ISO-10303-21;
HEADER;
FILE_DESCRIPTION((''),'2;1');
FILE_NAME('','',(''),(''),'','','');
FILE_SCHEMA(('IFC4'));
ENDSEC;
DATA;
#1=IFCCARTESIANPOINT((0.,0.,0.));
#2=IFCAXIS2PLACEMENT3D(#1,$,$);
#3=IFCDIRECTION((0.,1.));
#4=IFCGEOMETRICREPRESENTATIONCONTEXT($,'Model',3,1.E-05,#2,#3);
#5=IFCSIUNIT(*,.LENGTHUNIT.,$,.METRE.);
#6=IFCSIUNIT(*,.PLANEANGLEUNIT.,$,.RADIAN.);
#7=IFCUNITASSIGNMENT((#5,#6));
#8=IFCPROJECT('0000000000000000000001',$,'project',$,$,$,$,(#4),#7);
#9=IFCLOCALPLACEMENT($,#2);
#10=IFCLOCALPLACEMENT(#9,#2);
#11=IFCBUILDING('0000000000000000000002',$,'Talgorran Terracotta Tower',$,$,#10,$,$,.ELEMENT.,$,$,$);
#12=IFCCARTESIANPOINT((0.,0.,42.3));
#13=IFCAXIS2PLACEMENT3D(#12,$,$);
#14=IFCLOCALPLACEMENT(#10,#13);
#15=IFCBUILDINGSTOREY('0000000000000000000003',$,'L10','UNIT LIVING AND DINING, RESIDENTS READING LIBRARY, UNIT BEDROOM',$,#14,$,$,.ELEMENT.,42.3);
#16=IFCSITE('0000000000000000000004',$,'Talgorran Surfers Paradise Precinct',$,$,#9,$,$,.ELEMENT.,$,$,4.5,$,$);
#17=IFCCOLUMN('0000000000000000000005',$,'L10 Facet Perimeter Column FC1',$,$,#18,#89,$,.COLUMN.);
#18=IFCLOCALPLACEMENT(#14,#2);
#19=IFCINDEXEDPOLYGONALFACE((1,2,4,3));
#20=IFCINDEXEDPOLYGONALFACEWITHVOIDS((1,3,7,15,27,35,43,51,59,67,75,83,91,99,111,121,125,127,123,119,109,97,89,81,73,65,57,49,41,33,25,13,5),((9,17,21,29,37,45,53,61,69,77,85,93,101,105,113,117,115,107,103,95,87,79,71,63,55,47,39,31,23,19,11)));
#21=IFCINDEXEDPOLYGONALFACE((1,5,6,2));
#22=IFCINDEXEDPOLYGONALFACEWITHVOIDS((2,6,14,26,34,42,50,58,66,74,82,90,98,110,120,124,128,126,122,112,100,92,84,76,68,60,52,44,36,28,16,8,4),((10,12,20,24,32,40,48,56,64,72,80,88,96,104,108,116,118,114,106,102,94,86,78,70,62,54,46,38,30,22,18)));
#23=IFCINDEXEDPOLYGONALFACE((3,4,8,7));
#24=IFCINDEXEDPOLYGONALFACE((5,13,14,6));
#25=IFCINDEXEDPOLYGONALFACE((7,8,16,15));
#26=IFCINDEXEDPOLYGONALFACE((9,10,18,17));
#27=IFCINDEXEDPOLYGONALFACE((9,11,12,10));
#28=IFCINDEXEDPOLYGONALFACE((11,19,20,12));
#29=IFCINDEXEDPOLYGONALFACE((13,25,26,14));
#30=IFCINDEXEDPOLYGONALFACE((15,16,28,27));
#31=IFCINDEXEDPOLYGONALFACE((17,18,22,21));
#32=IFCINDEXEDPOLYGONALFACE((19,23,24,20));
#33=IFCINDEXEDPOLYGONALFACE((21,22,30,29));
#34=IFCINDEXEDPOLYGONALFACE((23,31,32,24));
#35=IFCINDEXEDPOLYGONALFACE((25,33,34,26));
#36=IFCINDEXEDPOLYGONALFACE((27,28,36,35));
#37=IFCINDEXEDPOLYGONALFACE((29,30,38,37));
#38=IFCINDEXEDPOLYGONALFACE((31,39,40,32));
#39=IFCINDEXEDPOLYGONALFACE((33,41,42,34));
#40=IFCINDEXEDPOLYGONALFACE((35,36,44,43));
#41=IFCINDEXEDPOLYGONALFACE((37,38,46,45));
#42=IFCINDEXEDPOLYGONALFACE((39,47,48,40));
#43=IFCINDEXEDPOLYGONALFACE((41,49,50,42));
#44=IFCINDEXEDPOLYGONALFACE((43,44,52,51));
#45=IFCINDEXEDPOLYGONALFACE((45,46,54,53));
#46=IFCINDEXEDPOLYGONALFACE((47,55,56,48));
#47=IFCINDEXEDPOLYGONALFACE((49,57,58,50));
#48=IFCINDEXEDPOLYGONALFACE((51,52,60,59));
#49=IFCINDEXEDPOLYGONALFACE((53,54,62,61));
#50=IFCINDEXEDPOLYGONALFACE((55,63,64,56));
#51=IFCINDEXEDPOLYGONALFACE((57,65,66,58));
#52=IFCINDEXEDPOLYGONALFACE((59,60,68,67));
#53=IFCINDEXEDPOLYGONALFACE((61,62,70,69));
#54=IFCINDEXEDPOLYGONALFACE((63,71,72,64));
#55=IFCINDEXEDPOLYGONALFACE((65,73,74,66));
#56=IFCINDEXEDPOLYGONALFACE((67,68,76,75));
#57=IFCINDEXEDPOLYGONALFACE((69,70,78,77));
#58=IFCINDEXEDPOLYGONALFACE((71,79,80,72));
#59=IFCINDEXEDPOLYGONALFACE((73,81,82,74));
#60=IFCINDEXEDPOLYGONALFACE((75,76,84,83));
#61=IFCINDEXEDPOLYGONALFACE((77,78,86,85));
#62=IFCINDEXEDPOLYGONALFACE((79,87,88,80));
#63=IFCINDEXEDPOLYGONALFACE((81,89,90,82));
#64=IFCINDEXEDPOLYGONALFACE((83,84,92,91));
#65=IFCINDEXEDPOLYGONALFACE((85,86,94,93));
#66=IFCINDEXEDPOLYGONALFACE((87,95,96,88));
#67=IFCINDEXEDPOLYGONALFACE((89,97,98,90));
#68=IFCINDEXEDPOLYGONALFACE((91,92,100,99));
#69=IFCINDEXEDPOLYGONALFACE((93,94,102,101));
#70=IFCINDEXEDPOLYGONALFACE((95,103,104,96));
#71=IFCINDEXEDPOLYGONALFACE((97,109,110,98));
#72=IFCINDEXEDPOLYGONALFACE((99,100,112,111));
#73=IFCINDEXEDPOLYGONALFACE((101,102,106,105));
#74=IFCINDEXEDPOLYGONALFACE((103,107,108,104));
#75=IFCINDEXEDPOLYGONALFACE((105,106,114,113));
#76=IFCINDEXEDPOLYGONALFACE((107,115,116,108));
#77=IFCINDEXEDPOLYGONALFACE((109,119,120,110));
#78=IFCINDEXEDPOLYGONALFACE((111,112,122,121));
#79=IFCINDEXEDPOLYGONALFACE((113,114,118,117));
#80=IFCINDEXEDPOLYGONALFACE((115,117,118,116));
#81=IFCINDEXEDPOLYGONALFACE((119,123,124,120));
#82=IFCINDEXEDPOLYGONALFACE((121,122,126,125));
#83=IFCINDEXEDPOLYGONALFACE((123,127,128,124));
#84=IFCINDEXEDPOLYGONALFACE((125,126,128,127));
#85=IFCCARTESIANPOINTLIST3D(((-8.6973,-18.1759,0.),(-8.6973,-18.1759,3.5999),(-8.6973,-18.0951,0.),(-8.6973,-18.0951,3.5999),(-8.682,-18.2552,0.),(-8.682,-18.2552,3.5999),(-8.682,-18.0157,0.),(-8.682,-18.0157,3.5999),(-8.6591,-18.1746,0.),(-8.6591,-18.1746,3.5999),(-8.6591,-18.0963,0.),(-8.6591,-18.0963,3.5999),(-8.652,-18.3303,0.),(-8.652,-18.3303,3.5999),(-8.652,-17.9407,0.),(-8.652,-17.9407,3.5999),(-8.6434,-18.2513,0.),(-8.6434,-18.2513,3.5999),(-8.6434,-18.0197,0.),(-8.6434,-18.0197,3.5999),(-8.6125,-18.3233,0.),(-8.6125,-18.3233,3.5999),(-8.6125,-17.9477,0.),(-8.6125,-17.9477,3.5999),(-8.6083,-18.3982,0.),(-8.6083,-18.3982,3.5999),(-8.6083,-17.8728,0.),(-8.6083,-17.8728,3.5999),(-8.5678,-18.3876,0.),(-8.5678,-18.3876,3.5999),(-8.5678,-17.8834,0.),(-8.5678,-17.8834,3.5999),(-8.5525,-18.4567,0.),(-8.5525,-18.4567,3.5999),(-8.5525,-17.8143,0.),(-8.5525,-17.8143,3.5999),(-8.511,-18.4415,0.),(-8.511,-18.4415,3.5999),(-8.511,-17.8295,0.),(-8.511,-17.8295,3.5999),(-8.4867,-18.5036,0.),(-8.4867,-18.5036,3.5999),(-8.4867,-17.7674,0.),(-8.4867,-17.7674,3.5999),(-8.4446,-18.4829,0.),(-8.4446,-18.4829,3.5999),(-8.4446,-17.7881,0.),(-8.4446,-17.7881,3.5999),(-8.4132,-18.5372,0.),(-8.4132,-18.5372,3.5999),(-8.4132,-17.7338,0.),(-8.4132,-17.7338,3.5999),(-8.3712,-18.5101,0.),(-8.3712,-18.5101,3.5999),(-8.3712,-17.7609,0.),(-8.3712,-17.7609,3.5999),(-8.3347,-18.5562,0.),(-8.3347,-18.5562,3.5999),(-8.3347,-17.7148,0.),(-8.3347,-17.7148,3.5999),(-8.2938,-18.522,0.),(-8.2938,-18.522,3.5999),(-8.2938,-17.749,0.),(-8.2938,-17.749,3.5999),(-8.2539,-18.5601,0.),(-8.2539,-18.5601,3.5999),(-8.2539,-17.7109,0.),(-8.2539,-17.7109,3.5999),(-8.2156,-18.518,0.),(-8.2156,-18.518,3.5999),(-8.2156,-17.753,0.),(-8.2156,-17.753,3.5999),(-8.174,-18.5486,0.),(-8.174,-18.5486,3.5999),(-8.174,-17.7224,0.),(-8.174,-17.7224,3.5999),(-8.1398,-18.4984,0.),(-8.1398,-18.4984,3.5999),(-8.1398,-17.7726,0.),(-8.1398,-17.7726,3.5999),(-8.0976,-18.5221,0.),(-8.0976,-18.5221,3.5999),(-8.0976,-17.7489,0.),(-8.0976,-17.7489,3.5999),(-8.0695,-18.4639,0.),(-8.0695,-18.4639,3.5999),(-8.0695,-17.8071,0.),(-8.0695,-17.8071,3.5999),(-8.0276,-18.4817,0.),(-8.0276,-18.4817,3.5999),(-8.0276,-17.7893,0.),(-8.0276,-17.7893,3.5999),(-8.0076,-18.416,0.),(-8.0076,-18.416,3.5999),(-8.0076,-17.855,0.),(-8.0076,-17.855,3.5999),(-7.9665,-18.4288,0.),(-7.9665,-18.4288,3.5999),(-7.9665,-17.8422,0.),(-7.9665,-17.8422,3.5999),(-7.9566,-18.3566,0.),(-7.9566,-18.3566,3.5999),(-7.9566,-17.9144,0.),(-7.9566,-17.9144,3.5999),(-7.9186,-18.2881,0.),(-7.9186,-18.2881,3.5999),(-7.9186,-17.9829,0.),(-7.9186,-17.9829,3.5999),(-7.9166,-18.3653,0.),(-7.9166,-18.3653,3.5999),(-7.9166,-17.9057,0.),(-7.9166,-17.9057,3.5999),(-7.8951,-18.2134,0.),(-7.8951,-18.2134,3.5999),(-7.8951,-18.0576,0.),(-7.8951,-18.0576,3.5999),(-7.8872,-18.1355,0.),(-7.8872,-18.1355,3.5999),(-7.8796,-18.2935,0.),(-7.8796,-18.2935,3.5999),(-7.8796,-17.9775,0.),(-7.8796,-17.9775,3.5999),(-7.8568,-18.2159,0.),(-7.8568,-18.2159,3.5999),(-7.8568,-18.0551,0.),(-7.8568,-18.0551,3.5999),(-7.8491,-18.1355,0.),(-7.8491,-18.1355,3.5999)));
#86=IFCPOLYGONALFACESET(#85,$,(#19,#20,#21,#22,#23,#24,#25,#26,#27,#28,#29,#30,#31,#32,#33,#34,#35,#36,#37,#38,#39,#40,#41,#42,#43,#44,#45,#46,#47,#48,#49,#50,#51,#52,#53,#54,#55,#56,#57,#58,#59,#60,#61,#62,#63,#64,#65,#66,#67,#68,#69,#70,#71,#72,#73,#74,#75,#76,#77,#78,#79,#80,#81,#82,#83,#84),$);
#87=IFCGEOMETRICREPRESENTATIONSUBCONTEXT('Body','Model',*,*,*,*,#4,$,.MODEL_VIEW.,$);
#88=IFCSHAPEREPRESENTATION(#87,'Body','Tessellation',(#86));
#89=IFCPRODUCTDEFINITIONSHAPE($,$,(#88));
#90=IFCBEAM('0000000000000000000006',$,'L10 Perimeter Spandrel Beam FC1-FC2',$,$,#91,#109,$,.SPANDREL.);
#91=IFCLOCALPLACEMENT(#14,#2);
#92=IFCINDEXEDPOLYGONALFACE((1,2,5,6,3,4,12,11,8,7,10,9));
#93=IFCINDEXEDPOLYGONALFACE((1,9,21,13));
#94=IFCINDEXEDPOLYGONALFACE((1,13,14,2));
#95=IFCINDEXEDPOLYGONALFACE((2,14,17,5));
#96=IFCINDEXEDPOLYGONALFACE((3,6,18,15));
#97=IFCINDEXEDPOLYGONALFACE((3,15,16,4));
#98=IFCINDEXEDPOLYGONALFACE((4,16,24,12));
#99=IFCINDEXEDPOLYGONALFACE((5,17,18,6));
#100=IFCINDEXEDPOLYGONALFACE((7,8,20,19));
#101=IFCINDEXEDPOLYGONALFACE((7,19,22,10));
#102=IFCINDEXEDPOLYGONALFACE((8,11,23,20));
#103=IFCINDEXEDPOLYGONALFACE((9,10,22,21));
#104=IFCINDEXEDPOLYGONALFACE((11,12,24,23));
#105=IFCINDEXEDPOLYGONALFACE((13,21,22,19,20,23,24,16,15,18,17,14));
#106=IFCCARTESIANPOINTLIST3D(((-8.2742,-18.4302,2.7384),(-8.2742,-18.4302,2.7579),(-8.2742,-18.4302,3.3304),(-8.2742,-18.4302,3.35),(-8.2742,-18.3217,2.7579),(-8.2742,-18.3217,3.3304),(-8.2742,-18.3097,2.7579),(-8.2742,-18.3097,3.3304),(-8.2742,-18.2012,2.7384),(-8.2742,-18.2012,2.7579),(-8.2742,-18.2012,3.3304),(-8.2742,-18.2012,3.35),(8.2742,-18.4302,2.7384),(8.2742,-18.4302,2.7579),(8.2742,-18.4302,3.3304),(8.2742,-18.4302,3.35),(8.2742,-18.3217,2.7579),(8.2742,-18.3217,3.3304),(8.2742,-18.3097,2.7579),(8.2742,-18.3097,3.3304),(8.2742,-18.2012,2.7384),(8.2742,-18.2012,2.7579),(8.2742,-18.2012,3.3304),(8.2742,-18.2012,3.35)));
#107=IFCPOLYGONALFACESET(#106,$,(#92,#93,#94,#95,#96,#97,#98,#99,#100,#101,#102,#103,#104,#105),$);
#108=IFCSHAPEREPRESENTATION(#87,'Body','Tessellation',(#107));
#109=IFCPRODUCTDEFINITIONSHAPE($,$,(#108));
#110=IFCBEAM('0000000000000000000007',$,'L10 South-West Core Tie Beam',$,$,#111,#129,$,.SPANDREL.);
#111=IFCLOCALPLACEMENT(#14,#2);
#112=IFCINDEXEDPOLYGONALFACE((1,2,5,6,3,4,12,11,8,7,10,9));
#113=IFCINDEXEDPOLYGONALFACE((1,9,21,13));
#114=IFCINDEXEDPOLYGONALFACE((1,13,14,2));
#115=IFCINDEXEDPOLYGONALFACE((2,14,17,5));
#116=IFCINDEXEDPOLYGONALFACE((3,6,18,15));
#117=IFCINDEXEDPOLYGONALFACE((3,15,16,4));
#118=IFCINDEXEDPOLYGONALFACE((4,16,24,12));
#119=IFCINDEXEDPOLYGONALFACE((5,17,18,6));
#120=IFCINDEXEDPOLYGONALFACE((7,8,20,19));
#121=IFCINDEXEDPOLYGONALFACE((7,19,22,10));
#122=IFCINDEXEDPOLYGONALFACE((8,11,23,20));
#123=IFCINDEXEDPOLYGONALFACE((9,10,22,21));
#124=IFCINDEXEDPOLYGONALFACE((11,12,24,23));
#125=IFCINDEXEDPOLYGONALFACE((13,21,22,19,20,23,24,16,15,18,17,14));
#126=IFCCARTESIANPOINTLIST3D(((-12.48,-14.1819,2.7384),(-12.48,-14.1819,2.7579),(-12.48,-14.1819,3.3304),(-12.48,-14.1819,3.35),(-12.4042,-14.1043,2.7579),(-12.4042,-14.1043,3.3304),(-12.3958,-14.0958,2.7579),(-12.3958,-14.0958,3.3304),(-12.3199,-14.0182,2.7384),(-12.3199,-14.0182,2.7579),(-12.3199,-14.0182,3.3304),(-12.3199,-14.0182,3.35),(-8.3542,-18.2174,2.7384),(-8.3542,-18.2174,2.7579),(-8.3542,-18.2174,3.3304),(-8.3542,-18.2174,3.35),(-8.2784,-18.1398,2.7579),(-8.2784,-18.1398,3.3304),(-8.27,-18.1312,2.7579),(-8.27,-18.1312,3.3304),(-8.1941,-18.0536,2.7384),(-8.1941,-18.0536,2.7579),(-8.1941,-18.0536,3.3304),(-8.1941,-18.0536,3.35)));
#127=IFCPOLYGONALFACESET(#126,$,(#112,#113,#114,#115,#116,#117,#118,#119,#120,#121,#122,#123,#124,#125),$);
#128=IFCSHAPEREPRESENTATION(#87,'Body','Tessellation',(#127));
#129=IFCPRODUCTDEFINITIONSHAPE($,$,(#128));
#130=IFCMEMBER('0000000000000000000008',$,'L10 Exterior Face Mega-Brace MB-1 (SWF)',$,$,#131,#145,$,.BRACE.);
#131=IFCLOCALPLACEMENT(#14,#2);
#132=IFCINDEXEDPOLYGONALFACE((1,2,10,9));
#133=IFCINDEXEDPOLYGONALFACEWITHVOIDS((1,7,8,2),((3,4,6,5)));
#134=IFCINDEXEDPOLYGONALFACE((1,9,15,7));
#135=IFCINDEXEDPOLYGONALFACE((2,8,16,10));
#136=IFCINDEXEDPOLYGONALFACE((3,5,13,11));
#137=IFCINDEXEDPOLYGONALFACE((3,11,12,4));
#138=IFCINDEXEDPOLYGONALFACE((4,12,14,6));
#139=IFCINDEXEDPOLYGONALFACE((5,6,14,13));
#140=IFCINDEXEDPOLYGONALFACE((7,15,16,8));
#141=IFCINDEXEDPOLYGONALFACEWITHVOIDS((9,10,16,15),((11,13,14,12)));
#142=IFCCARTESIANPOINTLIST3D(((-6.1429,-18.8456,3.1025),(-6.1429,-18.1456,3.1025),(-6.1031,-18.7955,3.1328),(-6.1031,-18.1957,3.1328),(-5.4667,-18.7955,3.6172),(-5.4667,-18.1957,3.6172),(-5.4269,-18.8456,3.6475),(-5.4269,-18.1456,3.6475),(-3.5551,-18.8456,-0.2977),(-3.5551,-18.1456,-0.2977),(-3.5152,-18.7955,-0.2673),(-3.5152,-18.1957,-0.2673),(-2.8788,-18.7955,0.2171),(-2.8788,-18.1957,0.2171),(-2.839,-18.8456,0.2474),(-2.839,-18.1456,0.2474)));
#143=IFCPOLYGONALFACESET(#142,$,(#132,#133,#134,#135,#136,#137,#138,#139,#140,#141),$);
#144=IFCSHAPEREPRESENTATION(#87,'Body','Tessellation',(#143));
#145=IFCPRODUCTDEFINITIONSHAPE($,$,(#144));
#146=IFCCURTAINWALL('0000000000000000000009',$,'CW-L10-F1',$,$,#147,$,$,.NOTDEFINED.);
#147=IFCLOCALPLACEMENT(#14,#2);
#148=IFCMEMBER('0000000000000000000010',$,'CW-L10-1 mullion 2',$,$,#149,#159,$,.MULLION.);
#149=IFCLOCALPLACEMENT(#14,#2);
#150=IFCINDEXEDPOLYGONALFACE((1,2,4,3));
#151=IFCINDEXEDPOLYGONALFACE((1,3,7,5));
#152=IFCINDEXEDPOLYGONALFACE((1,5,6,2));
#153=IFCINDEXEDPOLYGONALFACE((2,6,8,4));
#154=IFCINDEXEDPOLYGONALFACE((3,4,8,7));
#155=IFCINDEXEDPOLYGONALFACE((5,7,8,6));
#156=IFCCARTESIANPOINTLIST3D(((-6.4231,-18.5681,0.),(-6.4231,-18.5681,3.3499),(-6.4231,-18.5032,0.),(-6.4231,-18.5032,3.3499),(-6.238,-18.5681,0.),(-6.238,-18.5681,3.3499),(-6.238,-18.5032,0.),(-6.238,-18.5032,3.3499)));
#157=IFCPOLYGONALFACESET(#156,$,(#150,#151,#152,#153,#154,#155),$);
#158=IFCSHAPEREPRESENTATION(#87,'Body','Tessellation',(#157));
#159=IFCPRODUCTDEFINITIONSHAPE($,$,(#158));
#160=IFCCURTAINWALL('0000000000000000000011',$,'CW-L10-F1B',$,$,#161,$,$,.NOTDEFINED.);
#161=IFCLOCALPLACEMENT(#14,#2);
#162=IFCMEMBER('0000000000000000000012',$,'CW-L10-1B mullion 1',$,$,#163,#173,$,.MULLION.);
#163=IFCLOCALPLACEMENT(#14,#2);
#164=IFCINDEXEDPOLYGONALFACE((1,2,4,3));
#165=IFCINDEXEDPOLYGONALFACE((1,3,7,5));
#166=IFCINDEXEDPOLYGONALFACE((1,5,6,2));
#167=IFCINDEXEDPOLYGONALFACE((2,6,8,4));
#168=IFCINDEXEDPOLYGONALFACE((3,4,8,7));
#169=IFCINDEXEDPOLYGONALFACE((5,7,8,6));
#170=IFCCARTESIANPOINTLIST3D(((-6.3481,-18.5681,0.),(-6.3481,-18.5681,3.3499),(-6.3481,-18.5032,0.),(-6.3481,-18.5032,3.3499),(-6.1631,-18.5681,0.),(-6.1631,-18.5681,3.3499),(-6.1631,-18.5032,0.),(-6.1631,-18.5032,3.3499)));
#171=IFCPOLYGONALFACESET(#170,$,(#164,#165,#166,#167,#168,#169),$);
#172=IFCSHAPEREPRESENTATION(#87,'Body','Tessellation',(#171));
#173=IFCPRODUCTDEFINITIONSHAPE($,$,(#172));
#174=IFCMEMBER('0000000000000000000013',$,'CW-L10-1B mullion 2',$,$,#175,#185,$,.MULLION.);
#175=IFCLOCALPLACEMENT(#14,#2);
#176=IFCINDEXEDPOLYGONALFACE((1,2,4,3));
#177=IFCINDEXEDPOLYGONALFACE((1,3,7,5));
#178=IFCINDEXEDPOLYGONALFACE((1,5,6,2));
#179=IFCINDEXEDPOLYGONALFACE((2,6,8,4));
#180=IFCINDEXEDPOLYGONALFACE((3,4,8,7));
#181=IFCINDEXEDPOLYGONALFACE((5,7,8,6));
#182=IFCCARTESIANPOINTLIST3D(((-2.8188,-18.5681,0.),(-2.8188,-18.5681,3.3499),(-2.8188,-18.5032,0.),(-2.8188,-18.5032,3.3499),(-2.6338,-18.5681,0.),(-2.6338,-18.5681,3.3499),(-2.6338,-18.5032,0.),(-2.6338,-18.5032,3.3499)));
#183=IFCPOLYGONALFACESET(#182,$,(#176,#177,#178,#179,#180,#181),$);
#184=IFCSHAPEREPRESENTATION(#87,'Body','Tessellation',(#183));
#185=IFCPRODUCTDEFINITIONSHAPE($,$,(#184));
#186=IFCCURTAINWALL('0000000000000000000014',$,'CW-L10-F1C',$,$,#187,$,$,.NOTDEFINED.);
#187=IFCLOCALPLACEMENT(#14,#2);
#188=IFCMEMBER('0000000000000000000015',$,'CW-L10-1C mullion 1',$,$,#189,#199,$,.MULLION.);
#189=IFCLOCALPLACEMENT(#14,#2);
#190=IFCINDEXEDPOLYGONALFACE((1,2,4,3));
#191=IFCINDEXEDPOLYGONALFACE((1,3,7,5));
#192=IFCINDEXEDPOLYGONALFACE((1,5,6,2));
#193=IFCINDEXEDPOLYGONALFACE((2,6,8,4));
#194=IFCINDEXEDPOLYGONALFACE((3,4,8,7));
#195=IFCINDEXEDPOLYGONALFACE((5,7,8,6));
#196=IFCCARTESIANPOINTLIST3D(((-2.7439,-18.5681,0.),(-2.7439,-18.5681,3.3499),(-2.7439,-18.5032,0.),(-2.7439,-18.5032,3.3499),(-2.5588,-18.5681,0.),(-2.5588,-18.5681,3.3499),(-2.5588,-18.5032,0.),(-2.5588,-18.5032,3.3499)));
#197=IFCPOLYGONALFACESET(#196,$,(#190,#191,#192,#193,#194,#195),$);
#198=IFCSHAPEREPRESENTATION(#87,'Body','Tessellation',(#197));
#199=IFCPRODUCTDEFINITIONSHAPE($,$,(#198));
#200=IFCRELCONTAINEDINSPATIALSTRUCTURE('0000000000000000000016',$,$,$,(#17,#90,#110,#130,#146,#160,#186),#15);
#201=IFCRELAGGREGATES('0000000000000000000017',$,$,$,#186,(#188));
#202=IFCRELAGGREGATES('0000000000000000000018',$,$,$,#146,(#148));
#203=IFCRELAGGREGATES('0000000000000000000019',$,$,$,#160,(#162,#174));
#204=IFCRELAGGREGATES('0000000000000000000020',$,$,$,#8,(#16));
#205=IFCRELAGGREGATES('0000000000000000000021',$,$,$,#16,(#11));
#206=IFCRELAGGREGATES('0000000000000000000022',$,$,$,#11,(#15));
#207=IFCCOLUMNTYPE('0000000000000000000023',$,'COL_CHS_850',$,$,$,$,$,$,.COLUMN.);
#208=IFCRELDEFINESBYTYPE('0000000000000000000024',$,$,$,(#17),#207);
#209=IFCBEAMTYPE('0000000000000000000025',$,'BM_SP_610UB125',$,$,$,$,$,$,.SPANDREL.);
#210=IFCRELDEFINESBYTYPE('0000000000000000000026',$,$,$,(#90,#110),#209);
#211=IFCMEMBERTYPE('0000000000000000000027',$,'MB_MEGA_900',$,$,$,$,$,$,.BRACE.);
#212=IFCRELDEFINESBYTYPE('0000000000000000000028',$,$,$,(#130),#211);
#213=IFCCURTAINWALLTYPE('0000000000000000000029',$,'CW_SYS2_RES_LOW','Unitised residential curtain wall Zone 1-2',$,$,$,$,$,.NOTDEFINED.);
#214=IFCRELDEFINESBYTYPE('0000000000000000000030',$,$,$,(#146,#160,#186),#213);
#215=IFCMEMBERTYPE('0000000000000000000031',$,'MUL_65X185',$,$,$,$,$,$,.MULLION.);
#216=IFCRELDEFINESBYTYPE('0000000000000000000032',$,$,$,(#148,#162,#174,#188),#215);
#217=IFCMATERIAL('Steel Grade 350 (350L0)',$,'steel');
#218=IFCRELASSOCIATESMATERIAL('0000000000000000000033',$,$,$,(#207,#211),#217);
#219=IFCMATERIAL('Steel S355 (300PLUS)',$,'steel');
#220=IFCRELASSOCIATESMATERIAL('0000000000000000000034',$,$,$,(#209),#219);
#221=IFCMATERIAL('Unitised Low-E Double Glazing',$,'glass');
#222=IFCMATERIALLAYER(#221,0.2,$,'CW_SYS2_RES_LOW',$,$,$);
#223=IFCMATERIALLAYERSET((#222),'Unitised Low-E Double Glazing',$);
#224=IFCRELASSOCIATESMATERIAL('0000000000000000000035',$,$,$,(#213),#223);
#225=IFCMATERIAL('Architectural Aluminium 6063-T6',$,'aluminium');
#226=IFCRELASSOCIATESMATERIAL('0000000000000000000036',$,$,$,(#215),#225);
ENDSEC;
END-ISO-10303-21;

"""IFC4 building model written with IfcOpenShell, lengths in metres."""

from ifc_helpers import new_model, si_unit, direction, frame, origin, origin_2d, place, context, subcontext, project, spatial, rectangle, hollow_rectangle, hollow_circle, i_section, extrude, material, layer, layer_set, material_profile, profile_set, type_object, element, aggregate, save


model = new_model("IFC4")

# Units and contexts
model_context = context("Model", 3, precision=1e-05, world=origin(), true_north=direction((0.0, 1.0)))
body_context = subcontext(model_context, "Body", "Model", "MODEL_VIEW")
ifc_project = project(units=[si_unit("LENGTHUNIT", "METRE"), si_unit("PLANEANGLEUNIT", "RADIAN")], contexts=[model_context])

# Site, building, storey
site_placement = place(None, origin())
site = spatial("IfcSite", under=ifc_project, at=site_placement, Name="Talgorran Surfers Paradise Precinct", CompositionType="ELEMENT", RefElevation=4.5)
building_placement = place(site_placement, origin())
building = spatial("IfcBuilding", under=site, at=building_placement, Name="Talgorran Terracotta Tower", CompositionType="ELEMENT")
storey_placement = place(building_placement, frame((0.0, 0.0, 42.3)))
storey = spatial("IfcBuildingStorey", under=building, at=storey_placement, Name="L10", Description="UNIT LIVING AND DINING, RESIDENTS READING LIBRARY, UNIT BEDROOM", CompositionType="ELEMENT", Elevation=42.3)

# Column
ifc_material_1 = material(Name="Steel Grade 350 (350L0)", Category="steel")
ifc_material_profile_1 = material_profile(ifc_material_1, hollow_circle(Radius=0.425, WallThickness=0.0381, at=origin_2d()), Name="CHS850X38")
ifc_profile_set_1 = profile_set([ifc_material_profile_1], Name="Steel Grade 350 (350L0)")
column_type = type_object("IfcColumnType", Name="COL_CHS_850", PredefinedType="COLUMN", material=ifc_profile_set_1)
column_placement = place(storey_placement, frame((-8.2742, -18.1355, 0.0), z_axis=(0.0, 0.0, 1.0), x_axis=(1.0, 0.0, 0.0)))
element("IfcColumn", 1, at=column_placement, inside=storey, type_object=column_type, Name="L10 Facet Perimeter Column FC1", PredefinedType="COLUMN", context=body_context, shape_type="SweptSolid", body=[
    extrude(hollow_circle(Radius=0.425, WallThickness=0.0381, at=origin_2d()), origin(), (0.0, 0.0, 1.0), 3.5999),
])

# Beams
ifc_material_2 = material(Name="Steel S355 (300PLUS)", Category="steel")
ifc_material_profile_2 = material_profile(ifc_material_2, i_section(OverallWidth=0.229, OverallDepth=0.6116, WebThickness=0.012, FlangeThickness=0.0195, at=origin_2d()), Name="610UB125")
ifc_profile_set_2 = profile_set([ifc_material_profile_2], Name="Steel S355 (300PLUS)")
beam_type = type_object("IfcBeamType", Name="BM_SP_610UB125", PredefinedType="SPANDREL", material=ifc_profile_set_2)
beam_1_placement = place(storey_placement, frame((-8.2742, -18.3157, 3.0442), z_axis=(1.0, 0.0, 0.0), x_axis=(0.0, 1.0, 0.0)))
element("IfcBeam", 2, at=beam_1_placement, inside=storey, type_object=beam_type, Name="L10 Perimeter Spandrel Beam FC1-FC2", PredefinedType="SPANDREL", context=body_context, shape_type="SweptSolid", body=[
    extrude(i_section(OverallWidth=0.229, OverallDepth=0.6116, WebThickness=0.012, FlangeThickness=0.0195, at=origin_2d()), origin(), (0.0, 0.0, 1.0), 16.5483),
])
beam_2_placement = place(storey_placement, frame((-8.2742, -18.1355, 3.0442), z_axis=(-0.71489, 0.699237, 0.0), x_axis=(-0.699237, -0.71489, 0.0)))
element("IfcBeam", 3, at=beam_2_placement, inside=storey, type_object=beam_type, Name="L10 South-West Core Tie Beam", PredefinedType="SPANDREL", context=body_context, shape_type="SweptSolid", body=[
    extrude(i_section(OverallWidth=0.229, OverallDepth=0.6116, WebThickness=0.012, FlangeThickness=0.0195, at=origin_2d()), origin(), (0.0, 0.0, 1.0), 5.7712),
])

# Member
ifc_material_profile_3 = material_profile(ifc_material_1, hollow_rectangle(XDim=0.7, YDim=0.8999, WallThickness=0.05, at=origin_2d()), Name="WBOX900X700X50")
ifc_profile_set_3 = profile_set([ifc_material_profile_3], Name="Steel Grade 350 (350L0)")
member_type_1 = type_object("IfcMemberType", Name="MB_MEGA_900", PredefinedType="BRACE", material=ifc_profile_set_3)
member_1_placement = place(storey_placement, frame((-3.197, -18.4956, -0.0251), z_axis=(-0.605644, 0.0, 0.795736), x_axis=(0.0, -1.0, 0.0)))
element("IfcMember", 4, at=member_1_placement, inside=storey, type_object=member_type_1, Name="L10 Exterior Face Mega-Brace MB-1 (SWF)", PredefinedType="BRACE", context=body_context, shape_type="SweptSolid", body=[
    extrude(hollow_rectangle(XDim=0.7, YDim=0.8999, WallThickness=0.05, at=origin_2d()), origin(), (0.0, 0.0, 1.0), 4.2729),
])

# Curtain wall, member
ifc_material_3 = material(Name="Unitised Low-E Double Glazing", Category="glass")
ifc_layer_1 = layer(ifc_material_3, 0.2, Name="CW_SYS2_RES_LOW")
ifc_layer_set_1 = layer_set([ifc_layer_1], Name="Unitised Low-E Double Glazing")
curtain_wall_type = type_object("IfcCurtainWallType", Name="CW_SYS2_RES_LOW", Description="Unitised residential curtain wall Zone 1-2", PredefinedType="NOTDEFINED", material=ifc_layer_set_1)
curtain_wall_1_placement = place(storey_placement, origin())
curtain_wall_1 = element("IfcCurtainWall", 5, at=curtain_wall_1_placement, inside=storey, type_object=curtain_wall_type, Name="CW-L10-F1", PredefinedType="NOTDEFINED")
ifc_material_4 = material(Name="Architectural Aluminium 6063-T6", Category="aluminium")
ifc_material_profile_4 = material_profile(ifc_material_4, rectangle(XDim=0.0649, YDim=0.1851, at=origin_2d()), Name="CWM65X185")
ifc_profile_set_4 = profile_set([ifc_material_profile_4], Name="Architectural Aluminium 6063-T6")
member_type_2 = type_object("IfcMemberType", Name="MUL_65X185", PredefinedType="MULLION", material=ifc_profile_set_4)
member_2_placement = place(storey_placement, frame((-6.3306, -18.5356, 0.0), z_axis=(0.0, 0.0, 1.0), x_axis=(0.0, 1.0, 0.0)))
member_2 = element("IfcMember", 6, at=member_2_placement, type_object=member_type_2, Name="CW-L10-1 mullion 2", PredefinedType="MULLION", context=body_context, shape_type="SweptSolid", body=[
    extrude(rectangle(XDim=0.0649, YDim=0.1851, at=origin_2d()), origin(), (0.0, 0.0, 1.0), 3.3499),
])

# Curtain wall, members
curtain_wall_2_placement = place(storey_placement, origin())
curtain_wall_2 = element("IfcCurtainWall", 7, at=curtain_wall_2_placement, inside=storey, type_object=curtain_wall_type, Name="CW-L10-F1B", PredefinedType="NOTDEFINED")
member_3_placement = place(storey_placement, frame((-6.2556, -18.5356, 0.0), z_axis=(0.0, 0.0, 1.0), x_axis=(0.0, 1.0, 0.0)))
member_3 = element("IfcMember", 8, at=member_3_placement, type_object=member_type_2, Name="CW-L10-1B mullion 1", PredefinedType="MULLION", context=body_context, shape_type="SweptSolid", body=[
    extrude(rectangle(XDim=0.0649, YDim=0.1851, at=origin_2d()), origin(), (0.0, 0.0, 1.0), 3.3499),
])
member_4_placement = place(storey_placement, frame((-2.7263, -18.5356, 0.0), z_axis=(0.0, 0.0, 1.0), x_axis=(0.0, 1.0, 0.0)))
member_4 = element("IfcMember", 9, at=member_4_placement, type_object=member_type_2, Name="CW-L10-1B mullion 2", PredefinedType="MULLION", context=body_context, shape_type="SweptSolid", body=[
    extrude(rectangle(XDim=0.0649, YDim=0.1851, at=origin_2d()), origin(), (0.0, 0.0, 1.0), 3.3499),
])

# Curtain wall, member
curtain_wall_3_placement = place(storey_placement, origin())
curtain_wall_3 = element("IfcCurtainWall", 10, at=curtain_wall_3_placement, inside=storey, type_object=curtain_wall_type, Name="CW-L10-F1C", PredefinedType="NOTDEFINED")
member_5_placement = place(storey_placement, frame((-2.6514, -18.5356, 0.0), z_axis=(0.0, 0.0, 1.0), x_axis=(0.0, 1.0, 0.0)))
member_5 = element("IfcMember", 11, at=member_5_placement, type_object=member_type_2, Name="CW-L10-1C mullion 1", PredefinedType="MULLION", context=body_context, shape_type="SweptSolid", body=[
    extrude(rectangle(XDim=0.0649, YDim=0.1851, at=origin_2d()), origin(), (0.0, 0.0, 1.0), 3.3499),
])

aggregate(curtain_wall_3, [member_5])

aggregate(curtain_wall_1, [member_2])
aggregate(curtain_wall_2, [member_3, member_4])

save(model, "model.ifc")
